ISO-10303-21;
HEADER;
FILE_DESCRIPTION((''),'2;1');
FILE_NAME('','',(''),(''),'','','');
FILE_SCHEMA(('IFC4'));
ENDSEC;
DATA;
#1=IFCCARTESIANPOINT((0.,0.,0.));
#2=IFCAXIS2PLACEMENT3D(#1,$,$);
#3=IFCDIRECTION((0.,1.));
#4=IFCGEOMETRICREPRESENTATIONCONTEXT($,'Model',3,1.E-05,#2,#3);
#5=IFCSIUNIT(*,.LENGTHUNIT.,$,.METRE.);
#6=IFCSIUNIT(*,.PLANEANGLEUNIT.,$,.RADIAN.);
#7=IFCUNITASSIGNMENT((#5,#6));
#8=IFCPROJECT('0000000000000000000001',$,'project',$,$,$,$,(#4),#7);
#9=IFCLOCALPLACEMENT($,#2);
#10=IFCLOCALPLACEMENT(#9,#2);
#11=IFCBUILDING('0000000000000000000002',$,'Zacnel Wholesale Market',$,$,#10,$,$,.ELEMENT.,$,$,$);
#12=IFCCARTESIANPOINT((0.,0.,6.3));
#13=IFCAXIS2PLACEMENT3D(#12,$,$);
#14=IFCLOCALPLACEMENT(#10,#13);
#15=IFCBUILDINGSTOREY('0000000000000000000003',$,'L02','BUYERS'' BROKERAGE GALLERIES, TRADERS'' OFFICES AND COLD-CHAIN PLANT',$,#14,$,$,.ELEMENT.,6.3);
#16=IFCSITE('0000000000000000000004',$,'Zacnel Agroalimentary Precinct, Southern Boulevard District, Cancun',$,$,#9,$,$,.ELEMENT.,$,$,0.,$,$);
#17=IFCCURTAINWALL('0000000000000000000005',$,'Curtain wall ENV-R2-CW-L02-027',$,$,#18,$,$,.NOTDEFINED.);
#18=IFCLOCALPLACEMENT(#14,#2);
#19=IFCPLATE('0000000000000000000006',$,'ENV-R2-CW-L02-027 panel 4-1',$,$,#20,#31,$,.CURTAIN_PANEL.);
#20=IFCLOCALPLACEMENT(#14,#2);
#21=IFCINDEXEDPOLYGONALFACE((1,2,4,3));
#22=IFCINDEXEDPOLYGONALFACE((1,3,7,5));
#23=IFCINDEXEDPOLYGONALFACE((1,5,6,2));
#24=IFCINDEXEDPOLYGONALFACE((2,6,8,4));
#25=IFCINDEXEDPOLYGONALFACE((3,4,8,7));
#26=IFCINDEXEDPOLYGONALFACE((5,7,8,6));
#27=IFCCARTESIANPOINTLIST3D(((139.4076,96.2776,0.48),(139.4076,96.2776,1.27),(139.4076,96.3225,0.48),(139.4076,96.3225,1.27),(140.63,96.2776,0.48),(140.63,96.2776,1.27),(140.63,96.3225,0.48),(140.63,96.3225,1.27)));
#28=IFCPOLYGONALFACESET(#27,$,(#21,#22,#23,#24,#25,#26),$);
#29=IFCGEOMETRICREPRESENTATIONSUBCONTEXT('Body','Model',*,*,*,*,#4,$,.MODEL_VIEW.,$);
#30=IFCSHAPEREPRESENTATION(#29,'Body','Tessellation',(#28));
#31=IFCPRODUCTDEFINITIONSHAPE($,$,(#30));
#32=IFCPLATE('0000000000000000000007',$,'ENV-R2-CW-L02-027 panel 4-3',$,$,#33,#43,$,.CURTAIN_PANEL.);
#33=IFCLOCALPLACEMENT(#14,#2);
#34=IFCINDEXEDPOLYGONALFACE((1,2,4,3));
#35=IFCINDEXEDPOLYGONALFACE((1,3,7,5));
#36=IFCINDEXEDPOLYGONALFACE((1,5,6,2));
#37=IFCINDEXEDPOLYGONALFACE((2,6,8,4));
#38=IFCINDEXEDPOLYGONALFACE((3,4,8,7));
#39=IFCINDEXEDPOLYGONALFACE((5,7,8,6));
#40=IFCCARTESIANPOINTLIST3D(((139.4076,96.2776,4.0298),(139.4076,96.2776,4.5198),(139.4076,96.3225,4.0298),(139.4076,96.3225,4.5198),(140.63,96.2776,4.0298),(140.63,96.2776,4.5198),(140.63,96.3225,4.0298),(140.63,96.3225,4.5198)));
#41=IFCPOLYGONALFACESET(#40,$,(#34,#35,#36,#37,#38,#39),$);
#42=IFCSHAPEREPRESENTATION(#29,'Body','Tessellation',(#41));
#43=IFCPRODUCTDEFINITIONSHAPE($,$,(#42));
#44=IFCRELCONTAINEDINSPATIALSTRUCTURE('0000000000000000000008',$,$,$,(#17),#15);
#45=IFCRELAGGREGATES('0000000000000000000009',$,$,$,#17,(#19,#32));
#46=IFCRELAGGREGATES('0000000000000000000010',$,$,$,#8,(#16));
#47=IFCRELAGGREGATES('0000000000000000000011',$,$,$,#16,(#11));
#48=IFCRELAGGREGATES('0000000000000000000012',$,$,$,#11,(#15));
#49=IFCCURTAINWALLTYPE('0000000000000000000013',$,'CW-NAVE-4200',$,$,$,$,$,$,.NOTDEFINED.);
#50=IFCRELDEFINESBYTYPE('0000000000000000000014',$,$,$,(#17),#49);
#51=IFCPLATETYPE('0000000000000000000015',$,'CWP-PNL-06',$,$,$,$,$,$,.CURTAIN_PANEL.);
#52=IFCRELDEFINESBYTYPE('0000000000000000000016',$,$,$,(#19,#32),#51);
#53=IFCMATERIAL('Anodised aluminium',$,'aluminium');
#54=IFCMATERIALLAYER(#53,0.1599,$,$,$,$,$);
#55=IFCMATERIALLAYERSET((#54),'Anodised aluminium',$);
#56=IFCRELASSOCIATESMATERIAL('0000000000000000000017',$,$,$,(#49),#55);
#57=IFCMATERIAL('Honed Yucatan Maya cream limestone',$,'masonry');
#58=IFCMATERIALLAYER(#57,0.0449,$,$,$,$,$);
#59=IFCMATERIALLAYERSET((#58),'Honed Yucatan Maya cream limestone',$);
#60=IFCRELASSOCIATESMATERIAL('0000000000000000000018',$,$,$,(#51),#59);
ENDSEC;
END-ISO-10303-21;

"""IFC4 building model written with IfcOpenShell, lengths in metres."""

from ifc_helpers import new_model, si_unit, direction, frame, origin, origin_2d, place, context, subcontext, project, spatial, rectangle, extrude, material, layer, layer_set, type_object, element, aggregate, save


model = new_model("IFC4")

# Units and contexts
model_context = context("Model", 3, precision=1e-05, world=origin(), true_north=direction((0.0, 1.0)))
body_context = subcontext(model_context, "Body", "Model", "MODEL_VIEW")
ifc_project = project(units=[si_unit("LENGTHUNIT", "METRE"), si_unit("PLANEANGLEUNIT", "RADIAN")], contexts=[model_context])

# Site, building, storey
site_placement = place(None, origin())
site = spatial("IfcSite", under=ifc_project, at=site_placement, Name="Zacnel Agroalimentary Precinct, Southern Boulevard District, Cancun", CompositionType="ELEMENT", RefElevation=0.0)
building_placement = place(site_placement, origin())
building = spatial("IfcBuilding", under=site, at=building_placement, Name="Zacnel Wholesale Market", CompositionType="ELEMENT")
storey_placement = place(building_placement, frame((0.0, 0.0, 6.3)))
storey = spatial("IfcBuildingStorey", under=building, at=storey_placement, Name="L02", Description="BUYERS' BROKERAGE GALLERIES, TRADERS' OFFICES AND COLD-CHAIN PLANT", CompositionType="ELEMENT", Elevation=6.3)

# Curtain wall, plates
ifc_material_1 = material(Name="Anodised aluminium", Category="aluminium")
ifc_layer_1 = layer(ifc_material_1, 0.1599)
ifc_layer_set_1 = layer_set([ifc_layer_1], Name="Anodised aluminium")
curtain_wall_type = type_object("IfcCurtainWallType", Name="CW-NAVE-4200", PredefinedType="NOTDEFINED", material=ifc_layer_set_1)
curtain_wall_placement = place(storey_placement, origin())
curtain_wall = element("IfcCurtainWall", 1, at=curtain_wall_placement, inside=storey, type_object=curtain_wall_type, Name="Curtain wall ENV-R2-CW-L02-027", PredefinedType="NOTDEFINED")
ifc_material_2 = material(Name="Honed Yucatan Maya cream limestone", Category="masonry")
ifc_layer_2 = layer(ifc_material_2, 0.0449)
ifc_layer_set_2 = layer_set([ifc_layer_2], Name="Honed Yucatan Maya cream limestone")
plate_type_1 = type_object("IfcPlateType", Name="CWP-PNL-06", PredefinedType="CURTAIN_PANEL", material=ifc_layer_set_2)
plate_1_placement = place(storey_placement, frame((140.0188, 96.3, 0.48), z_axis=(0.0, 0.0, 1.0), x_axis=(1.0, 0.0, 0.0)))
plate_1 = element("IfcPlate", 2, at=plate_1_placement, type_object=plate_type_1, Name="ENV-R2-CW-L02-027 panel 4-1", PredefinedType="CURTAIN_PANEL", context=body_context, shape_type="SweptSolid", body=[
    extrude(rectangle(XDim=1.2224, YDim=0.0449, at=origin_2d()), origin(), (0.0, 0.0, 1.0), 0.79),
])
plate_2_placement = place(storey_placement, frame((140.0188, 96.3, 4.0298), z_axis=(0.0, 0.0, 1.0), x_axis=(1.0, 0.0, 0.0)))
plate_2 = element("IfcPlate", 3, at=plate_2_placement, type_object=plate_type_1, Name="ENV-R2-CW-L02-027 panel 4-3", PredefinedType="CURTAIN_PANEL", context=body_context, shape_type="SweptSolid", body=[
    extrude(rectangle(XDim=1.2224, YDim=0.0449, at=origin_2d()), origin(), (0.0, 0.0, 1.0), 0.49),
])
aggregate(curtain_wall, [plate_1, plate_2])

save(model, "model.ifc")
